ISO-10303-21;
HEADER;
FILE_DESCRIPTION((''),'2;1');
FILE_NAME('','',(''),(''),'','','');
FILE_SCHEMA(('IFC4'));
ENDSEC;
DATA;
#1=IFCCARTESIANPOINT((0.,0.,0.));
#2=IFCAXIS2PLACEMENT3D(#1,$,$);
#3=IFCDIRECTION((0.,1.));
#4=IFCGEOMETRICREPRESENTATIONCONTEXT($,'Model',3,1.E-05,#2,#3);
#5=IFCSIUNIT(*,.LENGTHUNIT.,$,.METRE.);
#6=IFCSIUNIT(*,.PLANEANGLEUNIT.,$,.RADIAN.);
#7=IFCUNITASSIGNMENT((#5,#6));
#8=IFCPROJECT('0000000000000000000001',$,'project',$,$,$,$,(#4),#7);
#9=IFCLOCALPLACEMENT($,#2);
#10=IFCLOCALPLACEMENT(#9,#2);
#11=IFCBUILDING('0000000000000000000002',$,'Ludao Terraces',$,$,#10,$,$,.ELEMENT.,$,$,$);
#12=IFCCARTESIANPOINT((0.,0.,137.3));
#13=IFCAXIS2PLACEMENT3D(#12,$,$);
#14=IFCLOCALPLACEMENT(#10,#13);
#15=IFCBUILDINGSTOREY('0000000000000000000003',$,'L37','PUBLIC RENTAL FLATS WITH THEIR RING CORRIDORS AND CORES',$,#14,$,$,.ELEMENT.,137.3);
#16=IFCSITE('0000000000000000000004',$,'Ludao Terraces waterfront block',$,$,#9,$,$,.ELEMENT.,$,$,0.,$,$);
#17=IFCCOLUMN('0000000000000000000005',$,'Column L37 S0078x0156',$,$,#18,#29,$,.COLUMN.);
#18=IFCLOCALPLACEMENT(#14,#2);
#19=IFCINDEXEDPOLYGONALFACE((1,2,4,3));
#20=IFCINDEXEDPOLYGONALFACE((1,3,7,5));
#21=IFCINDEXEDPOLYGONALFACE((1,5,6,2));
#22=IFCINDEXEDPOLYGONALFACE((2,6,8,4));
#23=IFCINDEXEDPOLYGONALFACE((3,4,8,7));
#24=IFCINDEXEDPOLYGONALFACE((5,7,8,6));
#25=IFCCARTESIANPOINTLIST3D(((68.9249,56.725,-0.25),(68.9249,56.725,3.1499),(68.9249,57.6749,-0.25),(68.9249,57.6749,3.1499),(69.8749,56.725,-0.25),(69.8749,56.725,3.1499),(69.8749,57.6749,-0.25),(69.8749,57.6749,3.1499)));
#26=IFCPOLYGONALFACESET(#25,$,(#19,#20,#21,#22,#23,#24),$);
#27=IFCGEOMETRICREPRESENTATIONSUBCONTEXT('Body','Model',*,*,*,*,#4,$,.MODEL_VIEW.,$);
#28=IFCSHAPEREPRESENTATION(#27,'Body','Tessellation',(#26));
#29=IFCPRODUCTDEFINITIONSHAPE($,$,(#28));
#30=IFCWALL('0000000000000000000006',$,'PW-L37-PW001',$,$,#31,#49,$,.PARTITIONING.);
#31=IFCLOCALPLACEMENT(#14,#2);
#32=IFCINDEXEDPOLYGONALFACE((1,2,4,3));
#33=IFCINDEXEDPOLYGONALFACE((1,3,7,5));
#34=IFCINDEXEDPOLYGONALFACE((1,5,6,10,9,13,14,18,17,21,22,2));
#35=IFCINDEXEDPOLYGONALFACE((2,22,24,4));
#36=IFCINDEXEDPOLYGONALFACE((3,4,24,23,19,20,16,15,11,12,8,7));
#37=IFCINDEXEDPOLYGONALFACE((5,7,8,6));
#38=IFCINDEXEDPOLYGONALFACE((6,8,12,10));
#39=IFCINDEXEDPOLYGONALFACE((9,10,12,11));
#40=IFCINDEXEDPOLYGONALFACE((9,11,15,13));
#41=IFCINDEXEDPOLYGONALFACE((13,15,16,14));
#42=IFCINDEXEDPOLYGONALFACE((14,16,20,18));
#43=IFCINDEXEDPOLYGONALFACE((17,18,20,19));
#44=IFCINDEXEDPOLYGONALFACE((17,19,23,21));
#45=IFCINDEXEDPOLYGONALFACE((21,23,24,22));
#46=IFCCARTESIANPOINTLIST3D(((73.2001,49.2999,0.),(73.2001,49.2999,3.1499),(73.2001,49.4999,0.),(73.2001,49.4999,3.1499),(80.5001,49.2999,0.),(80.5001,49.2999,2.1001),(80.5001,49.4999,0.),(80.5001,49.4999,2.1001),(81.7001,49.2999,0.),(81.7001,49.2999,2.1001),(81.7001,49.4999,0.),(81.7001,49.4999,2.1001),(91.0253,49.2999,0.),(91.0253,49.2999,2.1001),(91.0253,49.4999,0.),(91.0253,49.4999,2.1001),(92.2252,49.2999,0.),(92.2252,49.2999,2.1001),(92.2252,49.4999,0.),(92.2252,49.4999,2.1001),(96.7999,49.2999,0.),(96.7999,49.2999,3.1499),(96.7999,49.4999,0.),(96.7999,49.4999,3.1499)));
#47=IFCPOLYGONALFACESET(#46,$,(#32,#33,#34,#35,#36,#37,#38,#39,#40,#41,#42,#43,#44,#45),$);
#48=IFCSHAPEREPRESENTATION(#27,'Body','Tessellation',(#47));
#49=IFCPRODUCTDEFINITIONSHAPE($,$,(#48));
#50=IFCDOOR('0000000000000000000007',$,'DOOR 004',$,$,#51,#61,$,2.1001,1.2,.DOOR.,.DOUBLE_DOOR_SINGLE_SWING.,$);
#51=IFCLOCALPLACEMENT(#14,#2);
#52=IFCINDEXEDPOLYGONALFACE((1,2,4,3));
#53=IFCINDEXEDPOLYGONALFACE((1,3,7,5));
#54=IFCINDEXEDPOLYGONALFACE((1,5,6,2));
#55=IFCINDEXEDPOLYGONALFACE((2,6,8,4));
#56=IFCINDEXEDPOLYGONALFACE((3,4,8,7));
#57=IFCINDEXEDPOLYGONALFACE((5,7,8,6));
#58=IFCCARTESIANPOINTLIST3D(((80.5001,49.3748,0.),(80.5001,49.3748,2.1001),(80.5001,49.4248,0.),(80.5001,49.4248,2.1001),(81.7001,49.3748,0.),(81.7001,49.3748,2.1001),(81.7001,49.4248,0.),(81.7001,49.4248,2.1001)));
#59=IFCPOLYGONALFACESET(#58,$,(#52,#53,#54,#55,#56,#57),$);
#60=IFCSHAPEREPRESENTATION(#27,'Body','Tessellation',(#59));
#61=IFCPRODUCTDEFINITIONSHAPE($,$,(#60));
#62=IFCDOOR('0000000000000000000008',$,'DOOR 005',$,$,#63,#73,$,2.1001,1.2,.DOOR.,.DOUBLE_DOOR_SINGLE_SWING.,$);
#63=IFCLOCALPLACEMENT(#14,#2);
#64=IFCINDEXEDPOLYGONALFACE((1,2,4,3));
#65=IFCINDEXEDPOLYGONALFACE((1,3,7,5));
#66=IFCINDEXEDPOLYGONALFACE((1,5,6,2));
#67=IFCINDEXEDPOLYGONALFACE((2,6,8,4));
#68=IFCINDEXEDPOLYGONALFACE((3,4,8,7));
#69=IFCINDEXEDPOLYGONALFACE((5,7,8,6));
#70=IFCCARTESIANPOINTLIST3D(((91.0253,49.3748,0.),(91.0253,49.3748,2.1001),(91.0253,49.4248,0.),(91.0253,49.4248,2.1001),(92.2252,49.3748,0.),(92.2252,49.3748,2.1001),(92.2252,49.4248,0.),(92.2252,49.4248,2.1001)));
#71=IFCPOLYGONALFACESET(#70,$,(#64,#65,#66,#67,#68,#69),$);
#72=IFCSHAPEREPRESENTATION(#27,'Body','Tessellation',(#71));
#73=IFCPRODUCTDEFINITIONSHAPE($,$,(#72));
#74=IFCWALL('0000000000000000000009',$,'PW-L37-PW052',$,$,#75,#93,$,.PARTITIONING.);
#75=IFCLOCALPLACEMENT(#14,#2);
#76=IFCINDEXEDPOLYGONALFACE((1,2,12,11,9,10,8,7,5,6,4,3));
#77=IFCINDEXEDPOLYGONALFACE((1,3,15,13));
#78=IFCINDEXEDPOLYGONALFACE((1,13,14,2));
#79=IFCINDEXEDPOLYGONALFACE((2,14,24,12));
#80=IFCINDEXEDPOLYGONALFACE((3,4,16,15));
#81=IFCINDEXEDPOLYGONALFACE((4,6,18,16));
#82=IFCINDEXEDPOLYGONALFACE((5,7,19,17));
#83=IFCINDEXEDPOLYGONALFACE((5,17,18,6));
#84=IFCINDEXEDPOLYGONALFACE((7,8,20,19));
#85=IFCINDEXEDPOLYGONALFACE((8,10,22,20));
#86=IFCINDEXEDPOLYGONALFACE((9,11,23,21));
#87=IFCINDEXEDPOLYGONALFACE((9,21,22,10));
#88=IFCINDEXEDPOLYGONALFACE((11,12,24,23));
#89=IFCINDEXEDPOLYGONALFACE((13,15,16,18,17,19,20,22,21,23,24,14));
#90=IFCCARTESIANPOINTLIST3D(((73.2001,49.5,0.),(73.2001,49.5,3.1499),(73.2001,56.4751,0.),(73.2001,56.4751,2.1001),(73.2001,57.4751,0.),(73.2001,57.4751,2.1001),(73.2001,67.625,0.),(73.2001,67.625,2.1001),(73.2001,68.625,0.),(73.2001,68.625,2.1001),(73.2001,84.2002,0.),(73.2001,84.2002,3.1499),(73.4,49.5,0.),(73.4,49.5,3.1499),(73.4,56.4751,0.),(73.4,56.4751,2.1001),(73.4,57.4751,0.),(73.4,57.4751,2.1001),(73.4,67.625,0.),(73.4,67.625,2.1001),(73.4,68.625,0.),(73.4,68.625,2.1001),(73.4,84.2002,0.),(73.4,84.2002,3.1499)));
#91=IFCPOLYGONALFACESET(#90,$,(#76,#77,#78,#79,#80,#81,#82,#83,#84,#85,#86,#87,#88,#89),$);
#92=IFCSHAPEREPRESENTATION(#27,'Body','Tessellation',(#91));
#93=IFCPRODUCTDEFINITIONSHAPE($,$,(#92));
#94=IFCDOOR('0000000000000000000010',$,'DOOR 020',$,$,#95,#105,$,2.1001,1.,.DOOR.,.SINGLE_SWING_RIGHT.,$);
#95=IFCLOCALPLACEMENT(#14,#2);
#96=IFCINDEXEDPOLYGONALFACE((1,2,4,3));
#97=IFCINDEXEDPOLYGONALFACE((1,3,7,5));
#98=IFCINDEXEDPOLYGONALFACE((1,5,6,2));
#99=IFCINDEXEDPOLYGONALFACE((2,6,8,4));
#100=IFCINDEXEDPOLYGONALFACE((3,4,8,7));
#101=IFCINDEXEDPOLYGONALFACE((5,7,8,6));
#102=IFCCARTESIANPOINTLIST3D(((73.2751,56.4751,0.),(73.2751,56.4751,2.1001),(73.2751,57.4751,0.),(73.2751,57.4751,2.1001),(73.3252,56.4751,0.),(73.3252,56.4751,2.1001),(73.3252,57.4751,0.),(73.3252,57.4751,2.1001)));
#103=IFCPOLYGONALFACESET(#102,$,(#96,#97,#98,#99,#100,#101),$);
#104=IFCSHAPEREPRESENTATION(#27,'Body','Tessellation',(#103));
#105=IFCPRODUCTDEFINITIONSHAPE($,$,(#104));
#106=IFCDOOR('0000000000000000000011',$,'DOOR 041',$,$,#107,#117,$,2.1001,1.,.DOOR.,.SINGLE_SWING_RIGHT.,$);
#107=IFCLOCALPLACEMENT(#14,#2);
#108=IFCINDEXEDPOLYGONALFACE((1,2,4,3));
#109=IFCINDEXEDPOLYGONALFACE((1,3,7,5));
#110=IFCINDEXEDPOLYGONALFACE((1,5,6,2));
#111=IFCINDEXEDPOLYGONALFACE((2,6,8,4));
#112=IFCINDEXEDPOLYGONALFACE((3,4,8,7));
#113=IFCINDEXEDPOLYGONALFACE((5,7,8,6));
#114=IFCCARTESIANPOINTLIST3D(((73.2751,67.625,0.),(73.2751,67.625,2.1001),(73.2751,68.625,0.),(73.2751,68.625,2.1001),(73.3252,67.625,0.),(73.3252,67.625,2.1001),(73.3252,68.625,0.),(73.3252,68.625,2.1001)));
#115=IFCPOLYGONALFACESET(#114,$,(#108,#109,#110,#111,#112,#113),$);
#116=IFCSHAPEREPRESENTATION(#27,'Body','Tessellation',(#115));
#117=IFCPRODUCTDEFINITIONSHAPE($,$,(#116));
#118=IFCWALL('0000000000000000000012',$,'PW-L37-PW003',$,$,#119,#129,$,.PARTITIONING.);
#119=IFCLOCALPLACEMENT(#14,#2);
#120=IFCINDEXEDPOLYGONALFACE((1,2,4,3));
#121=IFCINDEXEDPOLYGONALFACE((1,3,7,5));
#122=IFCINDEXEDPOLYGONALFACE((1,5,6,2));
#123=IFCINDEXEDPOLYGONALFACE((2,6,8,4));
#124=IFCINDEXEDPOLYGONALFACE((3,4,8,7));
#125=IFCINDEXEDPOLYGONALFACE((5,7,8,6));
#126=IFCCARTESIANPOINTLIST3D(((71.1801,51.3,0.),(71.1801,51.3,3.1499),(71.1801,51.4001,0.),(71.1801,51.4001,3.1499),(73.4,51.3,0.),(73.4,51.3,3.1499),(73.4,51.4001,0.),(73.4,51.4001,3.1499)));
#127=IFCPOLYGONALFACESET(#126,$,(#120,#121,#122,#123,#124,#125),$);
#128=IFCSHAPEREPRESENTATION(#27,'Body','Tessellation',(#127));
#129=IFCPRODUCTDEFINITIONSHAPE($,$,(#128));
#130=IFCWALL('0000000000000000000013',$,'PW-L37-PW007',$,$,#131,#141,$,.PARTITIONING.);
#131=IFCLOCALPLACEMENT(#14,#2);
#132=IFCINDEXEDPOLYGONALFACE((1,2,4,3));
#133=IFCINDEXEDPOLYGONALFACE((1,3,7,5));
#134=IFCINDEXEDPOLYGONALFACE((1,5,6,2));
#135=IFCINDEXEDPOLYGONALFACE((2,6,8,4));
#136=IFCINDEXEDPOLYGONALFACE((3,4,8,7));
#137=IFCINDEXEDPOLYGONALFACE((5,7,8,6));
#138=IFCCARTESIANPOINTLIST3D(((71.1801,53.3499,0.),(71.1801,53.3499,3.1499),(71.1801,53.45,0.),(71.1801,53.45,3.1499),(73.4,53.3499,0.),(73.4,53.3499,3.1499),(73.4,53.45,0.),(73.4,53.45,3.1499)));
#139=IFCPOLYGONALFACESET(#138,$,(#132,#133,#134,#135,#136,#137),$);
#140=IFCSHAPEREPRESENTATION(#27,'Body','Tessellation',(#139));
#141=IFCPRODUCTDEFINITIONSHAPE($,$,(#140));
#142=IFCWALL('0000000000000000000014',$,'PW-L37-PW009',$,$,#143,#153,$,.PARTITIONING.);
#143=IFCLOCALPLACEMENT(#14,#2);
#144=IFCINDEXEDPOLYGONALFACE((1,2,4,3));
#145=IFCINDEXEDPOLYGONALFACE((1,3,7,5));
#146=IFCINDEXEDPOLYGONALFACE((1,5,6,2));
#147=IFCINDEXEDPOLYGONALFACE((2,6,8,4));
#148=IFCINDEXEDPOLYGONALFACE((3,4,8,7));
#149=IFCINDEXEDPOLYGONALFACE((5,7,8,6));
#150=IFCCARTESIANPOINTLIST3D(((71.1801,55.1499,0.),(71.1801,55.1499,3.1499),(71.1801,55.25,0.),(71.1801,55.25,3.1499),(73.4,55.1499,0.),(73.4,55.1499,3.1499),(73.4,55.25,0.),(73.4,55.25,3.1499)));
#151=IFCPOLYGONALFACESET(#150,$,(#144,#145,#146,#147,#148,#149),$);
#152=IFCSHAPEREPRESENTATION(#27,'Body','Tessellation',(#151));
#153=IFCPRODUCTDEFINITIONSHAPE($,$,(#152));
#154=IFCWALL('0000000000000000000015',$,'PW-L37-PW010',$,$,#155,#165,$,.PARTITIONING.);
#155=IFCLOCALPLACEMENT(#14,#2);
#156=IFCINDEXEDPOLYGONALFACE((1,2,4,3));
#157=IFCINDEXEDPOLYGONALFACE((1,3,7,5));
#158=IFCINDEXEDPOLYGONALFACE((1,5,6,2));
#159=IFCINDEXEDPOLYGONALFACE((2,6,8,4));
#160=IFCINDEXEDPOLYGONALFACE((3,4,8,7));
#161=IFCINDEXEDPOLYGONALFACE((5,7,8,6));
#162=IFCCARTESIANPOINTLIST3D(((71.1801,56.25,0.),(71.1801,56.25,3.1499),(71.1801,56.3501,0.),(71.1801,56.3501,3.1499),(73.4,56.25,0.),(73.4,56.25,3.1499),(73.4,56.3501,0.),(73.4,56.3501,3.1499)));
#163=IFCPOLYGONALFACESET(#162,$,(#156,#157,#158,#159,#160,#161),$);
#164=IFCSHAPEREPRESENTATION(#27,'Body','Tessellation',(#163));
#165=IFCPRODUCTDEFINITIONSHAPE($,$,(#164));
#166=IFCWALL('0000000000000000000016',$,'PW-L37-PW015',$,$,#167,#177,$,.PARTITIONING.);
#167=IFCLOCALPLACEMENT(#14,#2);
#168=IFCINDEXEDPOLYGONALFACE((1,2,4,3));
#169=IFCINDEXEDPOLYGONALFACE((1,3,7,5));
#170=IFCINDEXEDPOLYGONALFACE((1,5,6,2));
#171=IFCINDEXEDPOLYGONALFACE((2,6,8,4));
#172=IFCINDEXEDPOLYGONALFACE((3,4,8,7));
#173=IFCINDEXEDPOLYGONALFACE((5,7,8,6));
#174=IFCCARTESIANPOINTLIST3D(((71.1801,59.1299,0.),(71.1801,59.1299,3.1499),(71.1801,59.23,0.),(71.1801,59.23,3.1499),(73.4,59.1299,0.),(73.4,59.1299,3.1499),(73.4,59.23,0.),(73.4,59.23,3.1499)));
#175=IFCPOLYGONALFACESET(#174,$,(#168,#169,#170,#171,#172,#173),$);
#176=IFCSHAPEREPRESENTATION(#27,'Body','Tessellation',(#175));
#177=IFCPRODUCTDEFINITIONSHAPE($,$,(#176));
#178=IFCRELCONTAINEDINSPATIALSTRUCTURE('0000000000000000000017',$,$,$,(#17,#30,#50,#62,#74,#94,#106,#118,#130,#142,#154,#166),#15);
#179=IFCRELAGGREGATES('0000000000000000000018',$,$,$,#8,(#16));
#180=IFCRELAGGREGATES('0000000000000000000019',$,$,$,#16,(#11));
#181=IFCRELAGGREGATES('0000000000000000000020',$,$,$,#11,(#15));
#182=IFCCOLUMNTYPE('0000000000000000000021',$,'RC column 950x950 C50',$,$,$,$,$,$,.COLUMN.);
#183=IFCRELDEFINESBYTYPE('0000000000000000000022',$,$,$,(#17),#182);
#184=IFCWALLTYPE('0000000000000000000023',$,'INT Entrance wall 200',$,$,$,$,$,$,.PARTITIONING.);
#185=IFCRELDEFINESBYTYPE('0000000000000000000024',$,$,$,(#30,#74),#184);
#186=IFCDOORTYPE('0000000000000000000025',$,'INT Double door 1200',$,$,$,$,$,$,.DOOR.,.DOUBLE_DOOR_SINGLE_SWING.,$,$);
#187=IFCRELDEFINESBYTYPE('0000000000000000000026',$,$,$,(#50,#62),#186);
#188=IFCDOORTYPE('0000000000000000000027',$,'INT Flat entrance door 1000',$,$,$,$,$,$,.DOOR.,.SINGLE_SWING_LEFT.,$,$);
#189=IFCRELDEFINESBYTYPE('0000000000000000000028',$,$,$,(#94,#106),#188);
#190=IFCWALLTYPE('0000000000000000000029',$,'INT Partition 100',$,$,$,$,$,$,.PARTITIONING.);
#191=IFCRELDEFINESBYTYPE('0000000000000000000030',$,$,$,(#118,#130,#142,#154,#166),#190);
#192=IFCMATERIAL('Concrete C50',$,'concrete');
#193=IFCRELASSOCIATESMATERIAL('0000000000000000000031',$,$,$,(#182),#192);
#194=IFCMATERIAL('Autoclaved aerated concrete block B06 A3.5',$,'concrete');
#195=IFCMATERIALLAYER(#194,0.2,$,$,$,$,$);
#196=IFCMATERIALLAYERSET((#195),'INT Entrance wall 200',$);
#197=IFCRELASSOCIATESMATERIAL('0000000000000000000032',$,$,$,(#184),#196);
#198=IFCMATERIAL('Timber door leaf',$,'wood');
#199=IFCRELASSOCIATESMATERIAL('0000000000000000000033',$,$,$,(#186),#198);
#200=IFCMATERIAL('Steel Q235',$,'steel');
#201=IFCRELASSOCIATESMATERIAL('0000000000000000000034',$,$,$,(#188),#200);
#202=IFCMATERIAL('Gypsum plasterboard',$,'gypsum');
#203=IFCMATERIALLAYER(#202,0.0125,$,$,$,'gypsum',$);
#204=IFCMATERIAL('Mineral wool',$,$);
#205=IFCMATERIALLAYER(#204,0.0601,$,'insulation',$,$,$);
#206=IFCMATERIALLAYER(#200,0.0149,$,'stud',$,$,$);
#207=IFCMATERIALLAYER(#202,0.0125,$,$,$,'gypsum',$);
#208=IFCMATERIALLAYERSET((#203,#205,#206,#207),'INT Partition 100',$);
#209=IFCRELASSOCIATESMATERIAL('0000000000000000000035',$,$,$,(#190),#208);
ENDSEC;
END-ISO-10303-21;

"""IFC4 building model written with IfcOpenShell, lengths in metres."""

from ifc_helpers import new_model, si_unit, direction, frame, frame_2d, origin, origin_2d, place, context, subcontext, project, spatial, rectangle, extrude, material, layer, layer_set, material_profile, profile_set, type_object, element, fill, save


model = new_model("IFC4")

# Units and contexts
model_context = context("Model", 3, precision=1e-05, world=origin(), true_north=direction((0.0, 1.0)))
body_context = subcontext(model_context, "Body", "Model", "MODEL_VIEW")
ifc_project = project(units=[si_unit("LENGTHUNIT", "METRE"), si_unit("PLANEANGLEUNIT", "RADIAN")], contexts=[model_context])

# Site, building, storey
site_placement = place(None, origin())
site = spatial("IfcSite", under=ifc_project, at=site_placement, Name="Ludao Terraces waterfront block", CompositionType="ELEMENT", RefElevation=0.0)
building_placement = place(site_placement, origin())
building = spatial("IfcBuilding", under=site, at=building_placement, Name="Ludao Terraces", CompositionType="ELEMENT")
storey_placement = place(building_placement, frame((0.0, 0.0, 137.3)))
storey = spatial("IfcBuildingStorey", under=building, at=storey_placement, Name="L37", Description="PUBLIC RENTAL FLATS WITH THEIR RING CORRIDORS AND CORES", CompositionType="ELEMENT", Elevation=137.3)

# Column
ifc_material_1 = material(Name="Concrete C50", Category="concrete")
ifc_material_profile = material_profile(ifc_material_1, rectangle(XDim=0.95, YDim=0.95, at=origin_2d()), Name="950 X 950")
ifc_profile_set = profile_set([ifc_material_profile], Name="Concrete C50")
column_type = type_object("IfcColumnType", Name="RC column 950x950 C50", PredefinedType="COLUMN", material=ifc_profile_set)
column_placement = place(storey_placement, frame((69.3999, 57.2, -0.25), z_axis=(0.0, 0.0, 1.0), x_axis=(1.0, 0.0, 0.0)))
element("IfcColumn", 1, at=column_placement, inside=storey, type_object=column_type, Name="Column L37 S0078x0156", PredefinedType="COLUMN", context=body_context, shape_type="SweptSolid", body=[
    extrude(rectangle(XDim=0.95, YDim=0.95, at=origin_2d()), origin(), (0.0, 0.0, 1.0), 3.3999),
])

# Walls, openings, doors
ifc_material_2 = material(Name="Autoclaved aerated concrete block B06 A3.5", Category="concrete")
ifc_layer_1 = layer(ifc_material_2, 0.2)
ifc_layer_set_1 = layer_set([ifc_layer_1], Name="INT Entrance wall 200")
wall_type_1 = type_object("IfcWallType", Name="INT Entrance wall 200", PredefinedType="PARTITIONING", material=ifc_layer_set_1)
wall_1_placement = place(storey_placement, frame((73.2002, 49.3999, 0.0), z_axis=(0.0, 0.0, 1.0), x_axis=(1.0, 0.0, 0.0)))
wall_1 = element("IfcWall", 2, at=wall_1_placement, inside=storey, type_object=wall_type_1, Name="PW-L37-PW001", PredefinedType="PARTITIONING", context=body_context, shape_type="SweptSolid", body=[
    extrude(rectangle(XDim=23.5999, YDim=0.2, at=frame_2d((11.7998, 0.0))), origin(), (0.0, 0.0, 1.0), 3.1499),
])
opening_1_placement = place(wall_1_placement, frame((7.2998, 0.0, 0.0)))
opening_1 = element("IfcOpeningElement", 3, at=opening_1_placement, cuts=wall_1, PredefinedType="OPENING", context=body_context, shape_type="SweptSolid", body=[
    extrude(rectangle(XDim=1.2, YDim=2.1001, at=frame_2d((0.6001, 1.05))), frame((0.0, 0.1099, 0.0), z_axis=(0.0, -1.0, 0.0), x_axis=(1.0, 0.0, 0.0)), (0.0, 0.0, 1.0), 0.22),
])
opening_2_placement = place(wall_1_placement, frame((17.825, 0.0, 0.0)))
opening_2 = element("IfcOpeningElement", 4, at=opening_2_placement, cuts=wall_1, PredefinedType="OPENING", context=body_context, shape_type="SweptSolid", body=[
    extrude(rectangle(XDim=1.2, YDim=2.1001, at=frame_2d((0.6001, 1.05))), frame((0.0, 0.1099, 0.0), z_axis=(0.0, -1.0, 0.0), x_axis=(1.0, 0.0, 0.0)), (0.0, 0.0, 1.0), 0.22),
])
ifc_material_3 = material(Name="Timber door leaf", Category="wood")
door_type_1 = type_object("IfcDoorType", Name="INT Double door 1200", OperationType="DOUBLE_DOOR_SINGLE_SWING", PredefinedType="DOOR", material=ifc_material_3)
door_1_placement = place(opening_1_placement, origin())
door_1 = element("IfcDoor", 5, at=door_1_placement, inside=storey, type_object=door_type_1, Name="DOOR 004", OperationType="DOUBLE_DOOR_SINGLE_SWING", OverallHeight=2.1001, OverallWidth=1.2, PredefinedType="DOOR", context=body_context, shape_type="SweptSolid", body=[
    extrude(rectangle(XDim=1.2, YDim=2.1001, at=frame_2d((0.6001, 1.05))), frame((0.0, 0.0249, 0.0), z_axis=(0.0, -1.0, 0.0), x_axis=(1.0, 0.0, 0.0)), (0.0, 0.0, 1.0), 0.05),
])
fill(opening_1, door_1)
door_2_placement = place(opening_2_placement, origin())
door_2 = element("IfcDoor", 6, at=door_2_placement, inside=storey, type_object=door_type_1, Name="DOOR 005", OperationType="DOUBLE_DOOR_SINGLE_SWING", OverallHeight=2.1001, OverallWidth=1.2, PredefinedType="DOOR", context=body_context, shape_type="SweptSolid", body=[
    extrude(rectangle(XDim=1.2, YDim=2.1001, at=frame_2d((0.6001, 1.05))), frame((0.0, 0.0249, 0.0), z_axis=(0.0, -1.0, 0.0), x_axis=(1.0, 0.0, 0.0)), (0.0, 0.0, 1.0), 0.05),
])
fill(opening_2, door_2)
wall_2_placement = place(storey_placement, frame((73.3, 49.5, 0.0), z_axis=(0.0, 0.0, 1.0), x_axis=(0.0, 1.0, 0.0)))
wall_2 = element("IfcWall", 7, at=wall_2_placement, inside=storey, type_object=wall_type_1, Name="PW-L37-PW052", PredefinedType="PARTITIONING", context=body_context, shape_type="SweptSolid", body=[
    extrude(rectangle(XDim=34.7002, YDim=0.2, at=frame_2d((17.3501, 0.0))), origin(), (0.0, 0.0, 1.0), 3.1499),
])
opening_3_placement = place(wall_2_placement, frame((6.9751, 0.0, 0.0)))
opening_3 = element("IfcOpeningElement", 8, at=opening_3_placement, cuts=wall_2, PredefinedType="OPENING", context=body_context, shape_type="SweptSolid", body=[
    extrude(rectangle(XDim=1.0, YDim=2.1001, at=frame_2d((0.5, 1.05))), frame((0.0, 0.1099, 0.0), z_axis=(0.0, -1.0, 0.0), x_axis=(1.0, 0.0, 0.0)), (0.0, 0.0, 1.0), 0.22),
])
opening_4_placement = place(wall_2_placement, frame((18.125, 0.0, 0.0)))
opening_4 = element("IfcOpeningElement", 9, at=opening_4_placement, cuts=wall_2, PredefinedType="OPENING", context=body_context, shape_type="SweptSolid", body=[
    extrude(rectangle(XDim=1.0, YDim=2.1001, at=frame_2d((0.5, 1.05))), frame((0.0, 0.1099, 0.0), z_axis=(0.0, -1.0, 0.0), x_axis=(1.0, 0.0, 0.0)), (0.0, 0.0, 1.0), 0.22),
])
ifc_material_4 = material(Name="Steel Q235", Category="steel")
door_type_2 = type_object("IfcDoorType", Name="INT Flat entrance door 1000", OperationType="SINGLE_SWING_LEFT", PredefinedType="DOOR", material=ifc_material_4)
door_3_placement = place(opening_3_placement, origin())
door_3 = element("IfcDoor", 10, at=door_3_placement, inside=storey, type_object=door_type_2, Name="DOOR 020", OperationType="SINGLE_SWING_RIGHT", OverallHeight=2.1001, OverallWidth=1.0, PredefinedType="DOOR", context=body_context, shape_type="SweptSolid", body=[
    extrude(rectangle(XDim=1.0, YDim=2.1001, at=frame_2d((0.5, 1.05))), frame((0.0, 0.0249, 0.0), z_axis=(0.0, -1.0, 0.0), x_axis=(1.0, 0.0, 0.0)), (0.0, 0.0, 1.0), 0.05),
])
fill(opening_3, door_3)
door_4_placement = place(opening_4_placement, origin())
door_4 = element("IfcDoor", 11, at=door_4_placement, inside=storey, type_object=door_type_2, Name="DOOR 041", OperationType="SINGLE_SWING_RIGHT", OverallHeight=2.1001, OverallWidth=1.0, PredefinedType="DOOR", context=body_context, shape_type="SweptSolid", body=[
    extrude(rectangle(XDim=1.0, YDim=2.1001, at=frame_2d((0.5, 1.05))), frame((0.0, 0.0249, 0.0), z_axis=(0.0, -1.0, 0.0), x_axis=(1.0, 0.0, 0.0)), (0.0, 0.0, 1.0), 0.05),
])
fill(opening_4, door_4)

# Walls
ifc_material_5 = material(Name="Gypsum plasterboard", Category="gypsum")
ifc_layer_2 = layer(ifc_material_5, 0.0125, Category="gypsum")
ifc_material_6 = material(Name="Mineral wool")
ifc_layer_3 = layer(ifc_material_6, 0.0601, Name="insulation")
ifc_layer_4 = layer(ifc_material_4, 0.0149, Name="stud")
ifc_layer_5 = layer(ifc_material_5, 0.0125, Category="gypsum")
ifc_layer_set_2 = layer_set([ifc_layer_2, ifc_layer_3, ifc_layer_4, ifc_layer_5], Name="INT Partition 100")
wall_type_2 = type_object("IfcWallType", Name="INT Partition 100", PredefinedType="PARTITIONING", material=ifc_layer_set_2)
for number, where, z_axis, x_axis, name in (
    (12, (71.1802, 51.3501, 0.0), (0.0, 0.0, 1.0), (1.0, 0.0, 0.0), "PW-L37-PW003"),
    (13, (71.1802, 53.3999, 0.0), (0.0, 0.0, 1.0), (1.0, 0.0, 0.0), "PW-L37-PW007"),
    (14, (71.1802, 55.2, 0.0), (0.0, 0.0, 1.0), (1.0, 0.0, 0.0), "PW-L37-PW009"),
    (15, (71.1802, 56.3, 0.0), (0.0, 0.0, 1.0), (1.0, 0.0, 0.0), "PW-L37-PW010"),
    (16, (71.1802, 59.1799, 0.0), (0.0, 0.0, 1.0), (1.0, 0.0, 0.0), "PW-L37-PW015"),
):
    element("IfcWall", number, at=place(storey_placement, frame(where, z_axis=z_axis, x_axis=x_axis)), inside=storey, type_object=wall_type_2, Name=name, PredefinedType="PARTITIONING", context=body_context, shape_type="SweptSolid", body=[
        extrude(rectangle(XDim=2.22, YDim=0.1001, at=frame_2d((1.1099, 0.0))), origin(), (0.0, 0.0, 1.0), 3.1499),
    ])

save(model, "model.ifc")
